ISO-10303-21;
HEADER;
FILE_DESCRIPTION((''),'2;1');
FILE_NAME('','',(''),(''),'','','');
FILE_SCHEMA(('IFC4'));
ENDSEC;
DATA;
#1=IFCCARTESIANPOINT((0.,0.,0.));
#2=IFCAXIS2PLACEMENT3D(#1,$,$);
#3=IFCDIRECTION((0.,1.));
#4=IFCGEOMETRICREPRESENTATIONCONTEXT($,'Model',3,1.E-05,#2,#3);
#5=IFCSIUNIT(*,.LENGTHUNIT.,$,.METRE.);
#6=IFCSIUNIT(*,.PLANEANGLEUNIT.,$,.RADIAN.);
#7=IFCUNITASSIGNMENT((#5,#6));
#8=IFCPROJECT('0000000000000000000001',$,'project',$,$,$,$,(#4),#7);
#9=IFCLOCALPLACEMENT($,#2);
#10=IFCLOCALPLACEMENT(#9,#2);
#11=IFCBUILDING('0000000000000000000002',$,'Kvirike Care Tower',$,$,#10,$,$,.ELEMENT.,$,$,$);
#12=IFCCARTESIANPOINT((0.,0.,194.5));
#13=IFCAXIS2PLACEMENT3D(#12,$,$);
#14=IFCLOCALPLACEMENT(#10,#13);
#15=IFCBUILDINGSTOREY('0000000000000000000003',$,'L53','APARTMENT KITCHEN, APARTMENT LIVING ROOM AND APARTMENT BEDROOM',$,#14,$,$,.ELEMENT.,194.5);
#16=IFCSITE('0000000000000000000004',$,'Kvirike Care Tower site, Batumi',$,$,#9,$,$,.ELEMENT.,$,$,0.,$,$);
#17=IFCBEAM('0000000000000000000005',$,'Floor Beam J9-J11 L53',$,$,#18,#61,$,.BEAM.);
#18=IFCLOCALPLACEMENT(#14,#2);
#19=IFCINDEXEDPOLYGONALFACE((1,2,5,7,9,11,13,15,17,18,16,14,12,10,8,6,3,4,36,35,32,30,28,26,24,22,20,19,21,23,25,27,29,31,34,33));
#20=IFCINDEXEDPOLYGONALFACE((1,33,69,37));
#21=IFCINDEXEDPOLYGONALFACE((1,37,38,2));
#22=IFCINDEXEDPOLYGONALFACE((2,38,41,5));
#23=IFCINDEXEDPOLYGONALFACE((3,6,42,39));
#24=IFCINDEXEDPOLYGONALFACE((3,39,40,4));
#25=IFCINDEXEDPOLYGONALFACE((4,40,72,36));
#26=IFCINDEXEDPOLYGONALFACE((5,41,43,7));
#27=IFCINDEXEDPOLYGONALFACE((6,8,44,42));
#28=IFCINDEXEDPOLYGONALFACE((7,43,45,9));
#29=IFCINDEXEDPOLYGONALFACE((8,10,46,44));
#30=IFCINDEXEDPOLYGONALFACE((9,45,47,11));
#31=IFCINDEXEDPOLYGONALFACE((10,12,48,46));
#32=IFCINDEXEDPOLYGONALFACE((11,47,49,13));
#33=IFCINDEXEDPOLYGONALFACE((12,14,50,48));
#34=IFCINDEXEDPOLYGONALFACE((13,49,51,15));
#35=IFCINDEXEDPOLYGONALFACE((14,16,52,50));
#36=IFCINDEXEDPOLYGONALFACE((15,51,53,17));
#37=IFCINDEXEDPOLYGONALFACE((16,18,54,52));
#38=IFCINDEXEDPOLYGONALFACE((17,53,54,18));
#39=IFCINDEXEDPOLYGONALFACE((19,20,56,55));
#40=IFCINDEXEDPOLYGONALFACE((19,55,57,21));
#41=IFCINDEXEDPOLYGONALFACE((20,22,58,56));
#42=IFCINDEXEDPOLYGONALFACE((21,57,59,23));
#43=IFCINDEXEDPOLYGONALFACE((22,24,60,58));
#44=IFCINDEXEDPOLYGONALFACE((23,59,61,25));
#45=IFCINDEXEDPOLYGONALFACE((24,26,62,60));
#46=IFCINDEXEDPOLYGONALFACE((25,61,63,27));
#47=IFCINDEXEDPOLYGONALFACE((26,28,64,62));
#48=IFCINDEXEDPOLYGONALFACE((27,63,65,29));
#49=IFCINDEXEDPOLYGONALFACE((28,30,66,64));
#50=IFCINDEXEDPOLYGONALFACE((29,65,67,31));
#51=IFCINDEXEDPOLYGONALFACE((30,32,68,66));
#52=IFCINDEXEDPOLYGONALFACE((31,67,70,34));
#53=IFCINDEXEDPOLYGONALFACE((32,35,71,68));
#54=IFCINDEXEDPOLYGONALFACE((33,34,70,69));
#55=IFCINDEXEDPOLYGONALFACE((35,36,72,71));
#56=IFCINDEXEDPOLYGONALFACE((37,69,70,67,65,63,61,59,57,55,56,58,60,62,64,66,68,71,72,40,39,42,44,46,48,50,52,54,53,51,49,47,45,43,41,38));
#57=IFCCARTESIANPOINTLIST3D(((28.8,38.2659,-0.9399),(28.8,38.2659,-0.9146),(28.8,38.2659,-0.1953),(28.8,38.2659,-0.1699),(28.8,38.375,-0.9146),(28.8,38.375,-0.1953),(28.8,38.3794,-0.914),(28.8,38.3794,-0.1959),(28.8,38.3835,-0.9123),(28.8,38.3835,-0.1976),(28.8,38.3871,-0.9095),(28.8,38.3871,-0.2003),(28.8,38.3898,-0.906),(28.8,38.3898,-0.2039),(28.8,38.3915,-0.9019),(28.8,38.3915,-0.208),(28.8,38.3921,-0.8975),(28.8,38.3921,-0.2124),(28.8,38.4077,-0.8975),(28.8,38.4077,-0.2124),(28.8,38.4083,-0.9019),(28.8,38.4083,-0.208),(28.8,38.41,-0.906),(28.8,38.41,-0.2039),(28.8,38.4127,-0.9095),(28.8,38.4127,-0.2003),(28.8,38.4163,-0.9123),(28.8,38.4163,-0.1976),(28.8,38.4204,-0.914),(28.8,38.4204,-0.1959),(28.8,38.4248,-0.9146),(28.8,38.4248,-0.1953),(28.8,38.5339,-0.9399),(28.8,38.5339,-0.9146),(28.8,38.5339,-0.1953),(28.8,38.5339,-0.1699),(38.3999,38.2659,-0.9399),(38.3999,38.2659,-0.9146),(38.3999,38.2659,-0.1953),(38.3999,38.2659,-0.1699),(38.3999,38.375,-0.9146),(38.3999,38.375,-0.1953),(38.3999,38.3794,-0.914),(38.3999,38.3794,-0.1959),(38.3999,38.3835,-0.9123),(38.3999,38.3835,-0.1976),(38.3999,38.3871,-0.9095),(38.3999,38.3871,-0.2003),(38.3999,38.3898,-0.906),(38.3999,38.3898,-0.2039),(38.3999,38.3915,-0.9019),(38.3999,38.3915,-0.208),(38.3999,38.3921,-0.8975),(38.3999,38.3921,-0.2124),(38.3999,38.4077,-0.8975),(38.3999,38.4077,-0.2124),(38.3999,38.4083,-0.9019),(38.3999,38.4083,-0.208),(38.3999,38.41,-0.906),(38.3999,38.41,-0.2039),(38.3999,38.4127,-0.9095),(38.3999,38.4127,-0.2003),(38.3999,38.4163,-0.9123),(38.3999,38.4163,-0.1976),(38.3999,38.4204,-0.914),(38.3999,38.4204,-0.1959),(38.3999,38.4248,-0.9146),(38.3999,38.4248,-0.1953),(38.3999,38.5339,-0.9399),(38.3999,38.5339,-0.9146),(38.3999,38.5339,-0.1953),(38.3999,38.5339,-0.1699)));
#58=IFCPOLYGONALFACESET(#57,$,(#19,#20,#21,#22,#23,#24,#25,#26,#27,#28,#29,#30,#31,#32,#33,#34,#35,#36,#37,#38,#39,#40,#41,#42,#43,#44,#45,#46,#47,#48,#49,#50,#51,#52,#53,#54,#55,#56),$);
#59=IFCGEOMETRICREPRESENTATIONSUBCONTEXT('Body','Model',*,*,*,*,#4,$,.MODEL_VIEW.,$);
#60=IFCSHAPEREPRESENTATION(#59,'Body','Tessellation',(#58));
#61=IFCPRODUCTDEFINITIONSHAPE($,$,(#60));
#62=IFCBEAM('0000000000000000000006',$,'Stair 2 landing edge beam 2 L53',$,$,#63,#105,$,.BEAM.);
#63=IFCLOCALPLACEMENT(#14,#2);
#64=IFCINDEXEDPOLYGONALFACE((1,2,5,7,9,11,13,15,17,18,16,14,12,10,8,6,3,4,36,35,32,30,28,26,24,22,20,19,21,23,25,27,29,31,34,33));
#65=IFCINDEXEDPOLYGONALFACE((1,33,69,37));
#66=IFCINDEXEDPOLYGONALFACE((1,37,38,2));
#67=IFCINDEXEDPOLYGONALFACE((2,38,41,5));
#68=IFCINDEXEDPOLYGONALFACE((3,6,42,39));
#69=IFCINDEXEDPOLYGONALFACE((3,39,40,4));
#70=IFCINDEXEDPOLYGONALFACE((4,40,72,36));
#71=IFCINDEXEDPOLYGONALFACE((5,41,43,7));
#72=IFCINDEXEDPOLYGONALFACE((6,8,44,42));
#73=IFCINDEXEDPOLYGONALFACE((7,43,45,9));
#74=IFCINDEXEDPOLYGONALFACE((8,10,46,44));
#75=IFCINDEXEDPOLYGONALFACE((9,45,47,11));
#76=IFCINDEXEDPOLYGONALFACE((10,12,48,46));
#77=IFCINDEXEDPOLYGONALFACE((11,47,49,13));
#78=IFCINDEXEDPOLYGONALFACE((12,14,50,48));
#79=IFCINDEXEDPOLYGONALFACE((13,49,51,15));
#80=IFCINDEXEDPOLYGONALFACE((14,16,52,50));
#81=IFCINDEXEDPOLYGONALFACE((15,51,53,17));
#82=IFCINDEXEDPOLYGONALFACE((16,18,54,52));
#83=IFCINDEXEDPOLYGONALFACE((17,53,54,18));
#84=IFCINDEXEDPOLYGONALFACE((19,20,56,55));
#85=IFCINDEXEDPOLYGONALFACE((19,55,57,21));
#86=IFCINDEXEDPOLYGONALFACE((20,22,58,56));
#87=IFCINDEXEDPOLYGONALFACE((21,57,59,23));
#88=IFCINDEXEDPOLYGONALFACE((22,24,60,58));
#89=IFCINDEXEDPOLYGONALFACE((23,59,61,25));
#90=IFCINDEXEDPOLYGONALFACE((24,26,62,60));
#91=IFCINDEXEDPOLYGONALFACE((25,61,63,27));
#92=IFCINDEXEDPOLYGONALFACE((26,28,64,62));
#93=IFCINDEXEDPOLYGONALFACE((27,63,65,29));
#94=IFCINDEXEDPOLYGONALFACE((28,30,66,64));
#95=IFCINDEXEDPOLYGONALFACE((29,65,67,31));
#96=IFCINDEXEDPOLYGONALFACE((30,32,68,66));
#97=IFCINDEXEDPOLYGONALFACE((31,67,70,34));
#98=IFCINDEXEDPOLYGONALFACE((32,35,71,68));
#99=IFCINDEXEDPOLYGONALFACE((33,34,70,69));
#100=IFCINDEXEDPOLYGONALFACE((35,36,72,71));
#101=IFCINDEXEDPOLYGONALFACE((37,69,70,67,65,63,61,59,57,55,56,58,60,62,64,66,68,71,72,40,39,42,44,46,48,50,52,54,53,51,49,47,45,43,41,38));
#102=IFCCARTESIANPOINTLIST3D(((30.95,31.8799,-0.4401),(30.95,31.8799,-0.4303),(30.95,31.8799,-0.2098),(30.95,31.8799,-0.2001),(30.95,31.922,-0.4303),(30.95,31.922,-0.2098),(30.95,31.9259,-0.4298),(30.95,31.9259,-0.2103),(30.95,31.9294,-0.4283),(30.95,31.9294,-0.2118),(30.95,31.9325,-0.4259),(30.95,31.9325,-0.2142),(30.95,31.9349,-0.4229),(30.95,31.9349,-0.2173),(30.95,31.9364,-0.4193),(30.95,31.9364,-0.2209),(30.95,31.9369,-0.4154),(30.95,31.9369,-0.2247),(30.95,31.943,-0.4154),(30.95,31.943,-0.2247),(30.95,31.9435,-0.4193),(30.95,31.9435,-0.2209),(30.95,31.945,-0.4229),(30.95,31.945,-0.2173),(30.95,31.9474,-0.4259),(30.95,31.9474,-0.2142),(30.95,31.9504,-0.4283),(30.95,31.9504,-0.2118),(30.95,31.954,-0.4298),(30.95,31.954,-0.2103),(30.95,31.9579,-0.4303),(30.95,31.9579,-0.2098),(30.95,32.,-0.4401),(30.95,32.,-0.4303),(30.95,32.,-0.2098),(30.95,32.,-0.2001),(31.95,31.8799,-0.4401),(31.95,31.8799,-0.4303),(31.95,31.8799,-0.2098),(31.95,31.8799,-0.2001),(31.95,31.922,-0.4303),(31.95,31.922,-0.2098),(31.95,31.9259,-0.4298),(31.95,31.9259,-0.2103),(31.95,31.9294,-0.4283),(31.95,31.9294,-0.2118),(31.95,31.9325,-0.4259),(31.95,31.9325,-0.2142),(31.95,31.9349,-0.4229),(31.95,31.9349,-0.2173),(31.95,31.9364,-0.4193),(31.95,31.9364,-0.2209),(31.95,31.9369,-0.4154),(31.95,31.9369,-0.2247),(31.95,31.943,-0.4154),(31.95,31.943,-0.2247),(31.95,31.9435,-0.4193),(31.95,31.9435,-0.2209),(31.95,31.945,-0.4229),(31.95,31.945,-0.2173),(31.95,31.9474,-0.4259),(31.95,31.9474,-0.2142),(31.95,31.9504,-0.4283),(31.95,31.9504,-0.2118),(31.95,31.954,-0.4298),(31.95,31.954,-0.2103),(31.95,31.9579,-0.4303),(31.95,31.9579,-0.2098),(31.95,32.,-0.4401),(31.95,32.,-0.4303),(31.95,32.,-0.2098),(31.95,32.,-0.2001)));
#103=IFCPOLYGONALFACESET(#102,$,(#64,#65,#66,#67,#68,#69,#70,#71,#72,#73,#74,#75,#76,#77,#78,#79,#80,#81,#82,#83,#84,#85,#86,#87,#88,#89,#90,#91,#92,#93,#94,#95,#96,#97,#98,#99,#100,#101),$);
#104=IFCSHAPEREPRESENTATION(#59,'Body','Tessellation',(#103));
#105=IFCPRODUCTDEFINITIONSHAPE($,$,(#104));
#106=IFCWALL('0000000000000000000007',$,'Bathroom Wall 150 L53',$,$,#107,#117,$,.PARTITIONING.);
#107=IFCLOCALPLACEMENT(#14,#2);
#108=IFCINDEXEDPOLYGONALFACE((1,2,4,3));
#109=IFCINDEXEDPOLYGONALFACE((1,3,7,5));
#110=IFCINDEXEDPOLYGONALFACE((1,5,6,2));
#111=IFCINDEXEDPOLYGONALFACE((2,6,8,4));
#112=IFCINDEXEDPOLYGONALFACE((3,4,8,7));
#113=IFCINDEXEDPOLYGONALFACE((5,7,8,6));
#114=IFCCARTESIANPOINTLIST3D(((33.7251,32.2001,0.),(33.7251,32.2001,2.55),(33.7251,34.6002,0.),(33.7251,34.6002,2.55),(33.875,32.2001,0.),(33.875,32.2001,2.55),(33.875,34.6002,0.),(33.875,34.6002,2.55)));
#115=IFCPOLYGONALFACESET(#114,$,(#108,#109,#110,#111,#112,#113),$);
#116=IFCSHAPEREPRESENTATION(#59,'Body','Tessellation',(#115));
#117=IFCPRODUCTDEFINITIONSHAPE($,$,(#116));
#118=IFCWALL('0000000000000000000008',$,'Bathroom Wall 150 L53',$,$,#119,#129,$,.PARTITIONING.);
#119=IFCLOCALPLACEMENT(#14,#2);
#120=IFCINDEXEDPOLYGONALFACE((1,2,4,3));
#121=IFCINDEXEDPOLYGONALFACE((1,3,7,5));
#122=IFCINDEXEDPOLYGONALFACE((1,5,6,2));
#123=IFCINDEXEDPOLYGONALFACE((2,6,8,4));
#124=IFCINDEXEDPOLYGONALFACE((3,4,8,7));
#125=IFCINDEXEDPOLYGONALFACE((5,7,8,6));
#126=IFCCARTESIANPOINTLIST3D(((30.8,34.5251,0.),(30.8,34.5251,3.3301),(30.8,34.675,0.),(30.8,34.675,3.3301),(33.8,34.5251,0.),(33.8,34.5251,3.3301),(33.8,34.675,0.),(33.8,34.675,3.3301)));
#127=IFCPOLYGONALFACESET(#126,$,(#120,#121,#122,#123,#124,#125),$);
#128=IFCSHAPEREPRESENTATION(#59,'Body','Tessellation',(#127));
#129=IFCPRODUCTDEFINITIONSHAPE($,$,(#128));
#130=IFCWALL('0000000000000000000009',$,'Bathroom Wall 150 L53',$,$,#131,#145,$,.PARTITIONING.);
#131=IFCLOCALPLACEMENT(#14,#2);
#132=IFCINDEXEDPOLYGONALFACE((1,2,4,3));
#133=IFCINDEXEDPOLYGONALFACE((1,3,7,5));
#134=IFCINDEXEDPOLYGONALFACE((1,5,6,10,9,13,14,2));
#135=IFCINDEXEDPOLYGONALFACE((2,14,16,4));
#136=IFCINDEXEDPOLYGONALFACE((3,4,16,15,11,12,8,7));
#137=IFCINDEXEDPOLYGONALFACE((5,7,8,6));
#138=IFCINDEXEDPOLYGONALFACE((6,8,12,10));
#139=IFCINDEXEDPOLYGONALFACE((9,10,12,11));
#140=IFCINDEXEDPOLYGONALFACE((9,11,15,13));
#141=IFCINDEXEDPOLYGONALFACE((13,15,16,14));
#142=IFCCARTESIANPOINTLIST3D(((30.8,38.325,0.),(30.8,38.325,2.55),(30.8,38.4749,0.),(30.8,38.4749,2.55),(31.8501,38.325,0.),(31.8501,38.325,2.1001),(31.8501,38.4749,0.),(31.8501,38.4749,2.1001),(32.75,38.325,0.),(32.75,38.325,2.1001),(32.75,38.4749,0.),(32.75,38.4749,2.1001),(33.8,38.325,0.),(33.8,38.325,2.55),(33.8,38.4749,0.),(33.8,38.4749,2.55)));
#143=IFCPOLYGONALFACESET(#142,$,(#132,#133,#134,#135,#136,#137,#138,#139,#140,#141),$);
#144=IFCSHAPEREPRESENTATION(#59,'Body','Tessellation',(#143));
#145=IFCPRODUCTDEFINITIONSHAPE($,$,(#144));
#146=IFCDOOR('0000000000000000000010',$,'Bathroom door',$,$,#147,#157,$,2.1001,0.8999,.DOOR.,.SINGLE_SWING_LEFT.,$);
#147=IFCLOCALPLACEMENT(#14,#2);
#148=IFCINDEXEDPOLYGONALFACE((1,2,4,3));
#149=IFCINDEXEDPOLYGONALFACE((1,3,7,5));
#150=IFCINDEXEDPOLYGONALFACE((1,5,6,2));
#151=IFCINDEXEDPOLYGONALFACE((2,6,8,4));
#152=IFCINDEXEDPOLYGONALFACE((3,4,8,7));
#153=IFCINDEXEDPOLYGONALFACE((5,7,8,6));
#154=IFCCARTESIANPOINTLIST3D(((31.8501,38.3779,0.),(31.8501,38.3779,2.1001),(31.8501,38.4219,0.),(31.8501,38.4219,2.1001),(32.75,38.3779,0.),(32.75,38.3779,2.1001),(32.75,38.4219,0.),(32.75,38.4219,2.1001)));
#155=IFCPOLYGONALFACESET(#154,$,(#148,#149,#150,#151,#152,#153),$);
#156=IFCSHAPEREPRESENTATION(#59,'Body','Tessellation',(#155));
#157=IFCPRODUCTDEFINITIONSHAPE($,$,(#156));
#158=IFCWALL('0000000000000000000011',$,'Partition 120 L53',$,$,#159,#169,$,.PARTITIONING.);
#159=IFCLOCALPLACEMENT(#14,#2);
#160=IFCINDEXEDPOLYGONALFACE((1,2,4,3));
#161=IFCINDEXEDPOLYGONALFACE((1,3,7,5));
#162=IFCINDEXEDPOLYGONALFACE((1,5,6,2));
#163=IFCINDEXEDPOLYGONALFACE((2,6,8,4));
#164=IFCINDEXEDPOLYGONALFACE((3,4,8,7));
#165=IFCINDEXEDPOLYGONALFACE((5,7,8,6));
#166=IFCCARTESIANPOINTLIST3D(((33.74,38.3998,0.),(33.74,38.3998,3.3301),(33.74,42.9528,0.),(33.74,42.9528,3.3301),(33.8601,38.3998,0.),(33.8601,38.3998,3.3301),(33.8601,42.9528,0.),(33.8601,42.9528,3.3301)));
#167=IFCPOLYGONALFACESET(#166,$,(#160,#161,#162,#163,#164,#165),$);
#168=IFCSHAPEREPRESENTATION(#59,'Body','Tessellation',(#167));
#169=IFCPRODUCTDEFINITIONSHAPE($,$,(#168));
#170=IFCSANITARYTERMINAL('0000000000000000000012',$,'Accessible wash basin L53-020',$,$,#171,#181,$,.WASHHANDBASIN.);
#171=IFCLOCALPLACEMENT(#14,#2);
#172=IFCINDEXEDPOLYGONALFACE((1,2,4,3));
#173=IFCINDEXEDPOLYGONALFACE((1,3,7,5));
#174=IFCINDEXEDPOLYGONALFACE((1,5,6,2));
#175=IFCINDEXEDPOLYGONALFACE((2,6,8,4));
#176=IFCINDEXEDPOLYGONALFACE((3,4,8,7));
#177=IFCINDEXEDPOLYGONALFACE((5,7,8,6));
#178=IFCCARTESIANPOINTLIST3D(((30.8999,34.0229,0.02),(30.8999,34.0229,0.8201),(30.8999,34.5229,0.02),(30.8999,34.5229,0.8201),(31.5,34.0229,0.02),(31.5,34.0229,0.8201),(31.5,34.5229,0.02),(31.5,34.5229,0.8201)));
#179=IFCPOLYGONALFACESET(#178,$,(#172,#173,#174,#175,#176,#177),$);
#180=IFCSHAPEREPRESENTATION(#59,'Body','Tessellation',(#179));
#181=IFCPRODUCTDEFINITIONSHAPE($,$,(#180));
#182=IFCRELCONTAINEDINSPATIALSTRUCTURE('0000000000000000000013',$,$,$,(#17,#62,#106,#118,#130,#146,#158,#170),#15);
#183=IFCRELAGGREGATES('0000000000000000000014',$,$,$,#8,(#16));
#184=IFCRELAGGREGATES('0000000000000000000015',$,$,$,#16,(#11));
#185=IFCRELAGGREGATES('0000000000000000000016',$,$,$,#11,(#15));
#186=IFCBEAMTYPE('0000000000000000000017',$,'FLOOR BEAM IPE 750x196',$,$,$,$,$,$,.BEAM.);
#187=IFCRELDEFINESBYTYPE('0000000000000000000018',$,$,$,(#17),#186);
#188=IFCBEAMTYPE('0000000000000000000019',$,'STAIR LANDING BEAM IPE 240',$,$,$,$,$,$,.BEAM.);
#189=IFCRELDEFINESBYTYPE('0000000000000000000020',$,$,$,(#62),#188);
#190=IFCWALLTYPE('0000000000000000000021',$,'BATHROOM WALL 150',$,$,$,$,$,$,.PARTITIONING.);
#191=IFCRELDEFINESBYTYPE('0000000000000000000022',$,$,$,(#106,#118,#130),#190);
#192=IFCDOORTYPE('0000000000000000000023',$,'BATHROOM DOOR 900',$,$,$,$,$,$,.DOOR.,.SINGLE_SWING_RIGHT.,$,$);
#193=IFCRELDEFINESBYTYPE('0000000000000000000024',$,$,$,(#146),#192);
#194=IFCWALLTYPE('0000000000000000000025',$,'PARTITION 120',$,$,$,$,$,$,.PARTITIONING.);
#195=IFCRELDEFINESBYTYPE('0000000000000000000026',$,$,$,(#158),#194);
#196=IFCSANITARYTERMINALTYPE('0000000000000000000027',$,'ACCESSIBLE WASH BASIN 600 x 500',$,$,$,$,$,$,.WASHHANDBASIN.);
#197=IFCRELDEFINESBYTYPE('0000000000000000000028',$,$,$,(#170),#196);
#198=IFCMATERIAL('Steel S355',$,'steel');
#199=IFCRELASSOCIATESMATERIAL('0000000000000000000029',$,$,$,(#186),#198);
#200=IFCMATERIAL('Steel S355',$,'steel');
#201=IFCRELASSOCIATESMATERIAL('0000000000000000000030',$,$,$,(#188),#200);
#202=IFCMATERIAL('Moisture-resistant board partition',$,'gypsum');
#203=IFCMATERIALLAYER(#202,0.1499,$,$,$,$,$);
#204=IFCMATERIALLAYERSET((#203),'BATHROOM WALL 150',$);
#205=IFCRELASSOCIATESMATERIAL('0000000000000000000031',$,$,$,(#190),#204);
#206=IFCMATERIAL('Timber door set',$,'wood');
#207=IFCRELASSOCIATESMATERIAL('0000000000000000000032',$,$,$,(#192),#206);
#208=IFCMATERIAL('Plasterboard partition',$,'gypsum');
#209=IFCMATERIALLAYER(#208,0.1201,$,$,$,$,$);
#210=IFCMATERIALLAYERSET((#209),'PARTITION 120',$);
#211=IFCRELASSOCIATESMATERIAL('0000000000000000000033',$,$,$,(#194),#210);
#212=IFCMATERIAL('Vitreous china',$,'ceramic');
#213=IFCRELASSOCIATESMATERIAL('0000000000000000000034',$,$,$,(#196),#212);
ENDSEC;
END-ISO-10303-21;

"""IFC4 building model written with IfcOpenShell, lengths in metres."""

from ifc_helpers import new_model, si_unit, direction, frame, frame_2d, origin, origin_2d, place, context, subcontext, project, spatial, rectangle, i_section, extrude, material, layer, layer_set, material_profile, profile_set, type_object, element, fill, save


model = new_model("IFC4")

# Units and contexts
model_context = context("Model", 3, precision=1e-05, world=origin(), true_north=direction((0.0, 1.0)))
body_context = subcontext(model_context, "Body", "Model", "MODEL_VIEW")
ifc_project = project(units=[si_unit("LENGTHUNIT", "METRE"), si_unit("PLANEANGLEUNIT", "RADIAN")], contexts=[model_context])

# Site, building, storey
site_placement = place(None, origin())
site = spatial("IfcSite", under=ifc_project, at=site_placement, Name="Kvirike Care Tower site, Batumi", CompositionType="ELEMENT", RefElevation=0.0)
building_placement = place(site_placement, origin())
building = spatial("IfcBuilding", under=site, at=building_placement, Name="Kvirike Care Tower", CompositionType="ELEMENT")
storey_placement = place(building_placement, frame((0.0, 0.0, 194.5)))
storey = spatial("IfcBuildingStorey", under=building, at=storey_placement, Name="L53", Description="APARTMENT KITCHEN, APARTMENT LIVING ROOM AND APARTMENT BEDROOM", CompositionType="ELEMENT", Elevation=194.5)

# Beams
ifc_material_1 = material(Name="Steel S355", Category="steel")
ifc_material_profile_1 = material_profile(ifc_material_1, i_section(OverallWidth=0.2681, OverallDepth=0.77, WebThickness=0.0156, FlangeThickness=0.0254, FilletRadius=0.0171, at=origin_2d()), Name="IPE 750x196")
ifc_profile_set_1 = profile_set([ifc_material_profile_1], Name="Steel S355")
beam_type_1 = type_object("IfcBeamType", Name="FLOOR BEAM IPE 750x196", PredefinedType="BEAM", material=ifc_profile_set_1)
beam_1_placement = place(storey_placement, frame((28.8, 38.3999, -0.5549), z_axis=(1.0, 0.0, 0.0), x_axis=(0.0, 1.0, 0.0)))
element("IfcBeam", 1, at=beam_1_placement, inside=storey, type_object=beam_type_1, Name="Floor Beam J9-J11 L53", PredefinedType="BEAM", context=body_context, shape_type="SweptSolid", body=[
    extrude(i_section(OverallWidth=0.2681, OverallDepth=0.77, WebThickness=0.0156, FlangeThickness=0.0254, FilletRadius=0.0171, at=origin_2d()), origin(), (0.0, 0.0, 1.0), 9.5999),
])
ifc_material_2 = material(Name="Steel S355", Category="steel")
ifc_material_profile_2 = material_profile(ifc_material_2, i_section(OverallWidth=0.1201, OverallDepth=0.24, WebThickness=0.0061, FlangeThickness=0.0098, FilletRadius=0.0149, at=origin_2d()), Name="IPE 240")
ifc_profile_set_2 = profile_set([ifc_material_profile_2], Name="Steel S355")
beam_type_2 = type_object("IfcBeamType", Name="STAIR LANDING BEAM IPE 240", PredefinedType="BEAM", material=ifc_profile_set_2)
beam_2_placement = place(storey_placement, frame((31.95, 31.9399, -0.3201), z_axis=(-1.0, 0.0, 0.0), x_axis=(0.0, -1.0, 0.0)))
element("IfcBeam", 2, at=beam_2_placement, inside=storey, type_object=beam_type_2, Name="Stair 2 landing edge beam 2 L53", PredefinedType="BEAM", context=body_context, shape_type="SweptSolid", body=[
    extrude(i_section(OverallWidth=0.1201, OverallDepth=0.24, WebThickness=0.0061, FlangeThickness=0.0098, FilletRadius=0.0149, at=origin_2d()), origin(), (0.0, 0.0, 1.0), 1.0),
])

# Walls
ifc_material_3 = material(Name="Moisture-resistant board partition", Category="gypsum")
ifc_layer_1 = layer(ifc_material_3, 0.1499)
ifc_layer_set_1 = layer_set([ifc_layer_1], Name="BATHROOM WALL 150")
wall_type_1 = type_object("IfcWallType", Name="BATHROOM WALL 150", PredefinedType="PARTITIONING", material=ifc_layer_set_1)
wall_1_placement = place(storey_placement, frame((33.8, 32.2, 0.0), z_axis=(0.0, 0.0, 1.0), x_axis=(0.0, 1.0, 0.0)))
element("IfcWall", 3, at=wall_1_placement, inside=storey, type_object=wall_type_1, Name="Bathroom Wall 150 L53", PredefinedType="PARTITIONING", context=body_context, shape_type="SweptSolid", body=[
    extrude(rectangle(XDim=2.4001, YDim=0.1499, at=frame_2d((1.2002, 0.0))), origin(), (0.0, 0.0, 1.0), 2.55),
])
wall_2_placement = place(storey_placement, frame((33.8, 34.6001, 0.0), z_axis=(0.0, 0.0, 1.0), x_axis=(-1.0, 0.0, 0.0)))
element("IfcWall", 4, at=wall_2_placement, inside=storey, type_object=wall_type_1, Name="Bathroom Wall 150 L53", PredefinedType="PARTITIONING", context=body_context, shape_type="SweptSolid", body=[
    extrude(rectangle(XDim=3.0, YDim=0.1499, at=frame_2d((1.5, 0.0))), origin(), (0.0, 0.0, 1.0), 3.3301),
])

# Wall, opening, door
wall_3_placement = place(storey_placement, frame((33.8, 38.3999, 0.0), z_axis=(0.0, 0.0, 1.0), x_axis=(-1.0, 0.0, 0.0)))
wall_3 = element("IfcWall", 5, at=wall_3_placement, inside=storey, type_object=wall_type_1, Name="Bathroom Wall 150 L53", PredefinedType="PARTITIONING", context=body_context, shape_type="SweptSolid", body=[
    extrude(rectangle(XDim=3.0, YDim=0.1499, at=frame_2d((1.5, 0.0))), origin(), (0.0, 0.0, 1.0), 2.55),
])
opening_placement = place(wall_3_placement, frame((1.05, 0.0, 0.0)))
opening = element("IfcOpeningElement", 6, at=opening_placement, cuts=wall_3, PredefinedType="OPENING", context=body_context, shape_type="SweptSolid", body=[
    extrude(rectangle(XDim=0.8999, YDim=2.1001, at=frame_2d((0.45, 1.05))), frame((0.0, 0.0854, 0.0), z_axis=(0.0, -1.0, 0.0), x_axis=(1.0, 0.0, 0.0)), (0.0, 0.0, 1.0), 0.1709),
])
ifc_material_4 = material(Name="Timber door set", Category="wood")
door_type = type_object("IfcDoorType", Name="BATHROOM DOOR 900", OperationType="SINGLE_SWING_RIGHT", PredefinedType="DOOR", material=ifc_material_4)
door_placement = place(opening_placement, frame((0.8999, 0.0, 0.0), z_axis=(0.0, 0.0, 1.0), x_axis=(-1.0, 0.0, 0.0)))
door = element("IfcDoor", 7, at=door_placement, inside=storey, type_object=door_type, Name="Bathroom door", OperationType="SINGLE_SWING_LEFT", OverallHeight=2.1001, OverallWidth=0.8999, PredefinedType="DOOR", context=body_context, shape_type="SweptSolid", body=[
    extrude(rectangle(XDim=0.8999, YDim=2.1001, at=frame_2d((0.45, 1.05))), frame((0.0, 0.022, 0.0), z_axis=(0.0, -1.0, 0.0), x_axis=(1.0, 0.0, 0.0)), (0.0, 0.0, 1.0), 0.0439),
])
fill(opening, door)

# Wall
ifc_material_5 = material(Name="Plasterboard partition", Category="gypsum")
ifc_layer_2 = layer(ifc_material_5, 0.1201)
ifc_layer_set_2 = layer_set([ifc_layer_2], Name="PARTITION 120")
wall_type_2 = type_object("IfcWallType", Name="PARTITION 120", PredefinedType="PARTITIONING", material=ifc_layer_set_2)
wall_4_placement = place(storey_placement, frame((33.8, 38.3999, 0.0), z_axis=(0.0, 0.0, 1.0), x_axis=(0.0, 1.0, 0.0)))
element("IfcWall", 8, at=wall_4_placement, inside=storey, type_object=wall_type_2, Name="Partition 120 L53", PredefinedType="PARTITIONING", context=body_context, shape_type="SweptSolid", body=[
    extrude(rectangle(XDim=4.553, YDim=0.1201, at=frame_2d((2.2764, 0.0))), origin(), (0.0, 0.0, 1.0), 3.3301),
])

# Sanitary terminal
ifc_material_6 = material(Name="Vitreous china", Category="ceramic")
sanitary_terminal_type_1 = type_object("IfcSanitaryTerminalType", Name="ACCESSIBLE WASH BASIN 600 x 500", PredefinedType="WASHHANDBASIN", material=ifc_material_6)
sanitary_terminal_1_placement = place(storey_placement, frame((31.2, 34.2729, 0.02), z_axis=(0.0, 0.0, 1.0), x_axis=(1.0, 0.0, 0.0)))
element("IfcSanitaryTerminal", 9, at=sanitary_terminal_1_placement, inside=storey, type_object=sanitary_terminal_type_1, Name="Accessible wash basin L53-020", PredefinedType="WASHHANDBASIN", context=body_context, shape_type="SweptSolid", body=[
    extrude(rectangle(XDim=0.6001, YDim=0.5, at=origin_2d()), origin(), (0.0, 0.0, 1.0), 0.8),
])

save(model, "model.ifc")
